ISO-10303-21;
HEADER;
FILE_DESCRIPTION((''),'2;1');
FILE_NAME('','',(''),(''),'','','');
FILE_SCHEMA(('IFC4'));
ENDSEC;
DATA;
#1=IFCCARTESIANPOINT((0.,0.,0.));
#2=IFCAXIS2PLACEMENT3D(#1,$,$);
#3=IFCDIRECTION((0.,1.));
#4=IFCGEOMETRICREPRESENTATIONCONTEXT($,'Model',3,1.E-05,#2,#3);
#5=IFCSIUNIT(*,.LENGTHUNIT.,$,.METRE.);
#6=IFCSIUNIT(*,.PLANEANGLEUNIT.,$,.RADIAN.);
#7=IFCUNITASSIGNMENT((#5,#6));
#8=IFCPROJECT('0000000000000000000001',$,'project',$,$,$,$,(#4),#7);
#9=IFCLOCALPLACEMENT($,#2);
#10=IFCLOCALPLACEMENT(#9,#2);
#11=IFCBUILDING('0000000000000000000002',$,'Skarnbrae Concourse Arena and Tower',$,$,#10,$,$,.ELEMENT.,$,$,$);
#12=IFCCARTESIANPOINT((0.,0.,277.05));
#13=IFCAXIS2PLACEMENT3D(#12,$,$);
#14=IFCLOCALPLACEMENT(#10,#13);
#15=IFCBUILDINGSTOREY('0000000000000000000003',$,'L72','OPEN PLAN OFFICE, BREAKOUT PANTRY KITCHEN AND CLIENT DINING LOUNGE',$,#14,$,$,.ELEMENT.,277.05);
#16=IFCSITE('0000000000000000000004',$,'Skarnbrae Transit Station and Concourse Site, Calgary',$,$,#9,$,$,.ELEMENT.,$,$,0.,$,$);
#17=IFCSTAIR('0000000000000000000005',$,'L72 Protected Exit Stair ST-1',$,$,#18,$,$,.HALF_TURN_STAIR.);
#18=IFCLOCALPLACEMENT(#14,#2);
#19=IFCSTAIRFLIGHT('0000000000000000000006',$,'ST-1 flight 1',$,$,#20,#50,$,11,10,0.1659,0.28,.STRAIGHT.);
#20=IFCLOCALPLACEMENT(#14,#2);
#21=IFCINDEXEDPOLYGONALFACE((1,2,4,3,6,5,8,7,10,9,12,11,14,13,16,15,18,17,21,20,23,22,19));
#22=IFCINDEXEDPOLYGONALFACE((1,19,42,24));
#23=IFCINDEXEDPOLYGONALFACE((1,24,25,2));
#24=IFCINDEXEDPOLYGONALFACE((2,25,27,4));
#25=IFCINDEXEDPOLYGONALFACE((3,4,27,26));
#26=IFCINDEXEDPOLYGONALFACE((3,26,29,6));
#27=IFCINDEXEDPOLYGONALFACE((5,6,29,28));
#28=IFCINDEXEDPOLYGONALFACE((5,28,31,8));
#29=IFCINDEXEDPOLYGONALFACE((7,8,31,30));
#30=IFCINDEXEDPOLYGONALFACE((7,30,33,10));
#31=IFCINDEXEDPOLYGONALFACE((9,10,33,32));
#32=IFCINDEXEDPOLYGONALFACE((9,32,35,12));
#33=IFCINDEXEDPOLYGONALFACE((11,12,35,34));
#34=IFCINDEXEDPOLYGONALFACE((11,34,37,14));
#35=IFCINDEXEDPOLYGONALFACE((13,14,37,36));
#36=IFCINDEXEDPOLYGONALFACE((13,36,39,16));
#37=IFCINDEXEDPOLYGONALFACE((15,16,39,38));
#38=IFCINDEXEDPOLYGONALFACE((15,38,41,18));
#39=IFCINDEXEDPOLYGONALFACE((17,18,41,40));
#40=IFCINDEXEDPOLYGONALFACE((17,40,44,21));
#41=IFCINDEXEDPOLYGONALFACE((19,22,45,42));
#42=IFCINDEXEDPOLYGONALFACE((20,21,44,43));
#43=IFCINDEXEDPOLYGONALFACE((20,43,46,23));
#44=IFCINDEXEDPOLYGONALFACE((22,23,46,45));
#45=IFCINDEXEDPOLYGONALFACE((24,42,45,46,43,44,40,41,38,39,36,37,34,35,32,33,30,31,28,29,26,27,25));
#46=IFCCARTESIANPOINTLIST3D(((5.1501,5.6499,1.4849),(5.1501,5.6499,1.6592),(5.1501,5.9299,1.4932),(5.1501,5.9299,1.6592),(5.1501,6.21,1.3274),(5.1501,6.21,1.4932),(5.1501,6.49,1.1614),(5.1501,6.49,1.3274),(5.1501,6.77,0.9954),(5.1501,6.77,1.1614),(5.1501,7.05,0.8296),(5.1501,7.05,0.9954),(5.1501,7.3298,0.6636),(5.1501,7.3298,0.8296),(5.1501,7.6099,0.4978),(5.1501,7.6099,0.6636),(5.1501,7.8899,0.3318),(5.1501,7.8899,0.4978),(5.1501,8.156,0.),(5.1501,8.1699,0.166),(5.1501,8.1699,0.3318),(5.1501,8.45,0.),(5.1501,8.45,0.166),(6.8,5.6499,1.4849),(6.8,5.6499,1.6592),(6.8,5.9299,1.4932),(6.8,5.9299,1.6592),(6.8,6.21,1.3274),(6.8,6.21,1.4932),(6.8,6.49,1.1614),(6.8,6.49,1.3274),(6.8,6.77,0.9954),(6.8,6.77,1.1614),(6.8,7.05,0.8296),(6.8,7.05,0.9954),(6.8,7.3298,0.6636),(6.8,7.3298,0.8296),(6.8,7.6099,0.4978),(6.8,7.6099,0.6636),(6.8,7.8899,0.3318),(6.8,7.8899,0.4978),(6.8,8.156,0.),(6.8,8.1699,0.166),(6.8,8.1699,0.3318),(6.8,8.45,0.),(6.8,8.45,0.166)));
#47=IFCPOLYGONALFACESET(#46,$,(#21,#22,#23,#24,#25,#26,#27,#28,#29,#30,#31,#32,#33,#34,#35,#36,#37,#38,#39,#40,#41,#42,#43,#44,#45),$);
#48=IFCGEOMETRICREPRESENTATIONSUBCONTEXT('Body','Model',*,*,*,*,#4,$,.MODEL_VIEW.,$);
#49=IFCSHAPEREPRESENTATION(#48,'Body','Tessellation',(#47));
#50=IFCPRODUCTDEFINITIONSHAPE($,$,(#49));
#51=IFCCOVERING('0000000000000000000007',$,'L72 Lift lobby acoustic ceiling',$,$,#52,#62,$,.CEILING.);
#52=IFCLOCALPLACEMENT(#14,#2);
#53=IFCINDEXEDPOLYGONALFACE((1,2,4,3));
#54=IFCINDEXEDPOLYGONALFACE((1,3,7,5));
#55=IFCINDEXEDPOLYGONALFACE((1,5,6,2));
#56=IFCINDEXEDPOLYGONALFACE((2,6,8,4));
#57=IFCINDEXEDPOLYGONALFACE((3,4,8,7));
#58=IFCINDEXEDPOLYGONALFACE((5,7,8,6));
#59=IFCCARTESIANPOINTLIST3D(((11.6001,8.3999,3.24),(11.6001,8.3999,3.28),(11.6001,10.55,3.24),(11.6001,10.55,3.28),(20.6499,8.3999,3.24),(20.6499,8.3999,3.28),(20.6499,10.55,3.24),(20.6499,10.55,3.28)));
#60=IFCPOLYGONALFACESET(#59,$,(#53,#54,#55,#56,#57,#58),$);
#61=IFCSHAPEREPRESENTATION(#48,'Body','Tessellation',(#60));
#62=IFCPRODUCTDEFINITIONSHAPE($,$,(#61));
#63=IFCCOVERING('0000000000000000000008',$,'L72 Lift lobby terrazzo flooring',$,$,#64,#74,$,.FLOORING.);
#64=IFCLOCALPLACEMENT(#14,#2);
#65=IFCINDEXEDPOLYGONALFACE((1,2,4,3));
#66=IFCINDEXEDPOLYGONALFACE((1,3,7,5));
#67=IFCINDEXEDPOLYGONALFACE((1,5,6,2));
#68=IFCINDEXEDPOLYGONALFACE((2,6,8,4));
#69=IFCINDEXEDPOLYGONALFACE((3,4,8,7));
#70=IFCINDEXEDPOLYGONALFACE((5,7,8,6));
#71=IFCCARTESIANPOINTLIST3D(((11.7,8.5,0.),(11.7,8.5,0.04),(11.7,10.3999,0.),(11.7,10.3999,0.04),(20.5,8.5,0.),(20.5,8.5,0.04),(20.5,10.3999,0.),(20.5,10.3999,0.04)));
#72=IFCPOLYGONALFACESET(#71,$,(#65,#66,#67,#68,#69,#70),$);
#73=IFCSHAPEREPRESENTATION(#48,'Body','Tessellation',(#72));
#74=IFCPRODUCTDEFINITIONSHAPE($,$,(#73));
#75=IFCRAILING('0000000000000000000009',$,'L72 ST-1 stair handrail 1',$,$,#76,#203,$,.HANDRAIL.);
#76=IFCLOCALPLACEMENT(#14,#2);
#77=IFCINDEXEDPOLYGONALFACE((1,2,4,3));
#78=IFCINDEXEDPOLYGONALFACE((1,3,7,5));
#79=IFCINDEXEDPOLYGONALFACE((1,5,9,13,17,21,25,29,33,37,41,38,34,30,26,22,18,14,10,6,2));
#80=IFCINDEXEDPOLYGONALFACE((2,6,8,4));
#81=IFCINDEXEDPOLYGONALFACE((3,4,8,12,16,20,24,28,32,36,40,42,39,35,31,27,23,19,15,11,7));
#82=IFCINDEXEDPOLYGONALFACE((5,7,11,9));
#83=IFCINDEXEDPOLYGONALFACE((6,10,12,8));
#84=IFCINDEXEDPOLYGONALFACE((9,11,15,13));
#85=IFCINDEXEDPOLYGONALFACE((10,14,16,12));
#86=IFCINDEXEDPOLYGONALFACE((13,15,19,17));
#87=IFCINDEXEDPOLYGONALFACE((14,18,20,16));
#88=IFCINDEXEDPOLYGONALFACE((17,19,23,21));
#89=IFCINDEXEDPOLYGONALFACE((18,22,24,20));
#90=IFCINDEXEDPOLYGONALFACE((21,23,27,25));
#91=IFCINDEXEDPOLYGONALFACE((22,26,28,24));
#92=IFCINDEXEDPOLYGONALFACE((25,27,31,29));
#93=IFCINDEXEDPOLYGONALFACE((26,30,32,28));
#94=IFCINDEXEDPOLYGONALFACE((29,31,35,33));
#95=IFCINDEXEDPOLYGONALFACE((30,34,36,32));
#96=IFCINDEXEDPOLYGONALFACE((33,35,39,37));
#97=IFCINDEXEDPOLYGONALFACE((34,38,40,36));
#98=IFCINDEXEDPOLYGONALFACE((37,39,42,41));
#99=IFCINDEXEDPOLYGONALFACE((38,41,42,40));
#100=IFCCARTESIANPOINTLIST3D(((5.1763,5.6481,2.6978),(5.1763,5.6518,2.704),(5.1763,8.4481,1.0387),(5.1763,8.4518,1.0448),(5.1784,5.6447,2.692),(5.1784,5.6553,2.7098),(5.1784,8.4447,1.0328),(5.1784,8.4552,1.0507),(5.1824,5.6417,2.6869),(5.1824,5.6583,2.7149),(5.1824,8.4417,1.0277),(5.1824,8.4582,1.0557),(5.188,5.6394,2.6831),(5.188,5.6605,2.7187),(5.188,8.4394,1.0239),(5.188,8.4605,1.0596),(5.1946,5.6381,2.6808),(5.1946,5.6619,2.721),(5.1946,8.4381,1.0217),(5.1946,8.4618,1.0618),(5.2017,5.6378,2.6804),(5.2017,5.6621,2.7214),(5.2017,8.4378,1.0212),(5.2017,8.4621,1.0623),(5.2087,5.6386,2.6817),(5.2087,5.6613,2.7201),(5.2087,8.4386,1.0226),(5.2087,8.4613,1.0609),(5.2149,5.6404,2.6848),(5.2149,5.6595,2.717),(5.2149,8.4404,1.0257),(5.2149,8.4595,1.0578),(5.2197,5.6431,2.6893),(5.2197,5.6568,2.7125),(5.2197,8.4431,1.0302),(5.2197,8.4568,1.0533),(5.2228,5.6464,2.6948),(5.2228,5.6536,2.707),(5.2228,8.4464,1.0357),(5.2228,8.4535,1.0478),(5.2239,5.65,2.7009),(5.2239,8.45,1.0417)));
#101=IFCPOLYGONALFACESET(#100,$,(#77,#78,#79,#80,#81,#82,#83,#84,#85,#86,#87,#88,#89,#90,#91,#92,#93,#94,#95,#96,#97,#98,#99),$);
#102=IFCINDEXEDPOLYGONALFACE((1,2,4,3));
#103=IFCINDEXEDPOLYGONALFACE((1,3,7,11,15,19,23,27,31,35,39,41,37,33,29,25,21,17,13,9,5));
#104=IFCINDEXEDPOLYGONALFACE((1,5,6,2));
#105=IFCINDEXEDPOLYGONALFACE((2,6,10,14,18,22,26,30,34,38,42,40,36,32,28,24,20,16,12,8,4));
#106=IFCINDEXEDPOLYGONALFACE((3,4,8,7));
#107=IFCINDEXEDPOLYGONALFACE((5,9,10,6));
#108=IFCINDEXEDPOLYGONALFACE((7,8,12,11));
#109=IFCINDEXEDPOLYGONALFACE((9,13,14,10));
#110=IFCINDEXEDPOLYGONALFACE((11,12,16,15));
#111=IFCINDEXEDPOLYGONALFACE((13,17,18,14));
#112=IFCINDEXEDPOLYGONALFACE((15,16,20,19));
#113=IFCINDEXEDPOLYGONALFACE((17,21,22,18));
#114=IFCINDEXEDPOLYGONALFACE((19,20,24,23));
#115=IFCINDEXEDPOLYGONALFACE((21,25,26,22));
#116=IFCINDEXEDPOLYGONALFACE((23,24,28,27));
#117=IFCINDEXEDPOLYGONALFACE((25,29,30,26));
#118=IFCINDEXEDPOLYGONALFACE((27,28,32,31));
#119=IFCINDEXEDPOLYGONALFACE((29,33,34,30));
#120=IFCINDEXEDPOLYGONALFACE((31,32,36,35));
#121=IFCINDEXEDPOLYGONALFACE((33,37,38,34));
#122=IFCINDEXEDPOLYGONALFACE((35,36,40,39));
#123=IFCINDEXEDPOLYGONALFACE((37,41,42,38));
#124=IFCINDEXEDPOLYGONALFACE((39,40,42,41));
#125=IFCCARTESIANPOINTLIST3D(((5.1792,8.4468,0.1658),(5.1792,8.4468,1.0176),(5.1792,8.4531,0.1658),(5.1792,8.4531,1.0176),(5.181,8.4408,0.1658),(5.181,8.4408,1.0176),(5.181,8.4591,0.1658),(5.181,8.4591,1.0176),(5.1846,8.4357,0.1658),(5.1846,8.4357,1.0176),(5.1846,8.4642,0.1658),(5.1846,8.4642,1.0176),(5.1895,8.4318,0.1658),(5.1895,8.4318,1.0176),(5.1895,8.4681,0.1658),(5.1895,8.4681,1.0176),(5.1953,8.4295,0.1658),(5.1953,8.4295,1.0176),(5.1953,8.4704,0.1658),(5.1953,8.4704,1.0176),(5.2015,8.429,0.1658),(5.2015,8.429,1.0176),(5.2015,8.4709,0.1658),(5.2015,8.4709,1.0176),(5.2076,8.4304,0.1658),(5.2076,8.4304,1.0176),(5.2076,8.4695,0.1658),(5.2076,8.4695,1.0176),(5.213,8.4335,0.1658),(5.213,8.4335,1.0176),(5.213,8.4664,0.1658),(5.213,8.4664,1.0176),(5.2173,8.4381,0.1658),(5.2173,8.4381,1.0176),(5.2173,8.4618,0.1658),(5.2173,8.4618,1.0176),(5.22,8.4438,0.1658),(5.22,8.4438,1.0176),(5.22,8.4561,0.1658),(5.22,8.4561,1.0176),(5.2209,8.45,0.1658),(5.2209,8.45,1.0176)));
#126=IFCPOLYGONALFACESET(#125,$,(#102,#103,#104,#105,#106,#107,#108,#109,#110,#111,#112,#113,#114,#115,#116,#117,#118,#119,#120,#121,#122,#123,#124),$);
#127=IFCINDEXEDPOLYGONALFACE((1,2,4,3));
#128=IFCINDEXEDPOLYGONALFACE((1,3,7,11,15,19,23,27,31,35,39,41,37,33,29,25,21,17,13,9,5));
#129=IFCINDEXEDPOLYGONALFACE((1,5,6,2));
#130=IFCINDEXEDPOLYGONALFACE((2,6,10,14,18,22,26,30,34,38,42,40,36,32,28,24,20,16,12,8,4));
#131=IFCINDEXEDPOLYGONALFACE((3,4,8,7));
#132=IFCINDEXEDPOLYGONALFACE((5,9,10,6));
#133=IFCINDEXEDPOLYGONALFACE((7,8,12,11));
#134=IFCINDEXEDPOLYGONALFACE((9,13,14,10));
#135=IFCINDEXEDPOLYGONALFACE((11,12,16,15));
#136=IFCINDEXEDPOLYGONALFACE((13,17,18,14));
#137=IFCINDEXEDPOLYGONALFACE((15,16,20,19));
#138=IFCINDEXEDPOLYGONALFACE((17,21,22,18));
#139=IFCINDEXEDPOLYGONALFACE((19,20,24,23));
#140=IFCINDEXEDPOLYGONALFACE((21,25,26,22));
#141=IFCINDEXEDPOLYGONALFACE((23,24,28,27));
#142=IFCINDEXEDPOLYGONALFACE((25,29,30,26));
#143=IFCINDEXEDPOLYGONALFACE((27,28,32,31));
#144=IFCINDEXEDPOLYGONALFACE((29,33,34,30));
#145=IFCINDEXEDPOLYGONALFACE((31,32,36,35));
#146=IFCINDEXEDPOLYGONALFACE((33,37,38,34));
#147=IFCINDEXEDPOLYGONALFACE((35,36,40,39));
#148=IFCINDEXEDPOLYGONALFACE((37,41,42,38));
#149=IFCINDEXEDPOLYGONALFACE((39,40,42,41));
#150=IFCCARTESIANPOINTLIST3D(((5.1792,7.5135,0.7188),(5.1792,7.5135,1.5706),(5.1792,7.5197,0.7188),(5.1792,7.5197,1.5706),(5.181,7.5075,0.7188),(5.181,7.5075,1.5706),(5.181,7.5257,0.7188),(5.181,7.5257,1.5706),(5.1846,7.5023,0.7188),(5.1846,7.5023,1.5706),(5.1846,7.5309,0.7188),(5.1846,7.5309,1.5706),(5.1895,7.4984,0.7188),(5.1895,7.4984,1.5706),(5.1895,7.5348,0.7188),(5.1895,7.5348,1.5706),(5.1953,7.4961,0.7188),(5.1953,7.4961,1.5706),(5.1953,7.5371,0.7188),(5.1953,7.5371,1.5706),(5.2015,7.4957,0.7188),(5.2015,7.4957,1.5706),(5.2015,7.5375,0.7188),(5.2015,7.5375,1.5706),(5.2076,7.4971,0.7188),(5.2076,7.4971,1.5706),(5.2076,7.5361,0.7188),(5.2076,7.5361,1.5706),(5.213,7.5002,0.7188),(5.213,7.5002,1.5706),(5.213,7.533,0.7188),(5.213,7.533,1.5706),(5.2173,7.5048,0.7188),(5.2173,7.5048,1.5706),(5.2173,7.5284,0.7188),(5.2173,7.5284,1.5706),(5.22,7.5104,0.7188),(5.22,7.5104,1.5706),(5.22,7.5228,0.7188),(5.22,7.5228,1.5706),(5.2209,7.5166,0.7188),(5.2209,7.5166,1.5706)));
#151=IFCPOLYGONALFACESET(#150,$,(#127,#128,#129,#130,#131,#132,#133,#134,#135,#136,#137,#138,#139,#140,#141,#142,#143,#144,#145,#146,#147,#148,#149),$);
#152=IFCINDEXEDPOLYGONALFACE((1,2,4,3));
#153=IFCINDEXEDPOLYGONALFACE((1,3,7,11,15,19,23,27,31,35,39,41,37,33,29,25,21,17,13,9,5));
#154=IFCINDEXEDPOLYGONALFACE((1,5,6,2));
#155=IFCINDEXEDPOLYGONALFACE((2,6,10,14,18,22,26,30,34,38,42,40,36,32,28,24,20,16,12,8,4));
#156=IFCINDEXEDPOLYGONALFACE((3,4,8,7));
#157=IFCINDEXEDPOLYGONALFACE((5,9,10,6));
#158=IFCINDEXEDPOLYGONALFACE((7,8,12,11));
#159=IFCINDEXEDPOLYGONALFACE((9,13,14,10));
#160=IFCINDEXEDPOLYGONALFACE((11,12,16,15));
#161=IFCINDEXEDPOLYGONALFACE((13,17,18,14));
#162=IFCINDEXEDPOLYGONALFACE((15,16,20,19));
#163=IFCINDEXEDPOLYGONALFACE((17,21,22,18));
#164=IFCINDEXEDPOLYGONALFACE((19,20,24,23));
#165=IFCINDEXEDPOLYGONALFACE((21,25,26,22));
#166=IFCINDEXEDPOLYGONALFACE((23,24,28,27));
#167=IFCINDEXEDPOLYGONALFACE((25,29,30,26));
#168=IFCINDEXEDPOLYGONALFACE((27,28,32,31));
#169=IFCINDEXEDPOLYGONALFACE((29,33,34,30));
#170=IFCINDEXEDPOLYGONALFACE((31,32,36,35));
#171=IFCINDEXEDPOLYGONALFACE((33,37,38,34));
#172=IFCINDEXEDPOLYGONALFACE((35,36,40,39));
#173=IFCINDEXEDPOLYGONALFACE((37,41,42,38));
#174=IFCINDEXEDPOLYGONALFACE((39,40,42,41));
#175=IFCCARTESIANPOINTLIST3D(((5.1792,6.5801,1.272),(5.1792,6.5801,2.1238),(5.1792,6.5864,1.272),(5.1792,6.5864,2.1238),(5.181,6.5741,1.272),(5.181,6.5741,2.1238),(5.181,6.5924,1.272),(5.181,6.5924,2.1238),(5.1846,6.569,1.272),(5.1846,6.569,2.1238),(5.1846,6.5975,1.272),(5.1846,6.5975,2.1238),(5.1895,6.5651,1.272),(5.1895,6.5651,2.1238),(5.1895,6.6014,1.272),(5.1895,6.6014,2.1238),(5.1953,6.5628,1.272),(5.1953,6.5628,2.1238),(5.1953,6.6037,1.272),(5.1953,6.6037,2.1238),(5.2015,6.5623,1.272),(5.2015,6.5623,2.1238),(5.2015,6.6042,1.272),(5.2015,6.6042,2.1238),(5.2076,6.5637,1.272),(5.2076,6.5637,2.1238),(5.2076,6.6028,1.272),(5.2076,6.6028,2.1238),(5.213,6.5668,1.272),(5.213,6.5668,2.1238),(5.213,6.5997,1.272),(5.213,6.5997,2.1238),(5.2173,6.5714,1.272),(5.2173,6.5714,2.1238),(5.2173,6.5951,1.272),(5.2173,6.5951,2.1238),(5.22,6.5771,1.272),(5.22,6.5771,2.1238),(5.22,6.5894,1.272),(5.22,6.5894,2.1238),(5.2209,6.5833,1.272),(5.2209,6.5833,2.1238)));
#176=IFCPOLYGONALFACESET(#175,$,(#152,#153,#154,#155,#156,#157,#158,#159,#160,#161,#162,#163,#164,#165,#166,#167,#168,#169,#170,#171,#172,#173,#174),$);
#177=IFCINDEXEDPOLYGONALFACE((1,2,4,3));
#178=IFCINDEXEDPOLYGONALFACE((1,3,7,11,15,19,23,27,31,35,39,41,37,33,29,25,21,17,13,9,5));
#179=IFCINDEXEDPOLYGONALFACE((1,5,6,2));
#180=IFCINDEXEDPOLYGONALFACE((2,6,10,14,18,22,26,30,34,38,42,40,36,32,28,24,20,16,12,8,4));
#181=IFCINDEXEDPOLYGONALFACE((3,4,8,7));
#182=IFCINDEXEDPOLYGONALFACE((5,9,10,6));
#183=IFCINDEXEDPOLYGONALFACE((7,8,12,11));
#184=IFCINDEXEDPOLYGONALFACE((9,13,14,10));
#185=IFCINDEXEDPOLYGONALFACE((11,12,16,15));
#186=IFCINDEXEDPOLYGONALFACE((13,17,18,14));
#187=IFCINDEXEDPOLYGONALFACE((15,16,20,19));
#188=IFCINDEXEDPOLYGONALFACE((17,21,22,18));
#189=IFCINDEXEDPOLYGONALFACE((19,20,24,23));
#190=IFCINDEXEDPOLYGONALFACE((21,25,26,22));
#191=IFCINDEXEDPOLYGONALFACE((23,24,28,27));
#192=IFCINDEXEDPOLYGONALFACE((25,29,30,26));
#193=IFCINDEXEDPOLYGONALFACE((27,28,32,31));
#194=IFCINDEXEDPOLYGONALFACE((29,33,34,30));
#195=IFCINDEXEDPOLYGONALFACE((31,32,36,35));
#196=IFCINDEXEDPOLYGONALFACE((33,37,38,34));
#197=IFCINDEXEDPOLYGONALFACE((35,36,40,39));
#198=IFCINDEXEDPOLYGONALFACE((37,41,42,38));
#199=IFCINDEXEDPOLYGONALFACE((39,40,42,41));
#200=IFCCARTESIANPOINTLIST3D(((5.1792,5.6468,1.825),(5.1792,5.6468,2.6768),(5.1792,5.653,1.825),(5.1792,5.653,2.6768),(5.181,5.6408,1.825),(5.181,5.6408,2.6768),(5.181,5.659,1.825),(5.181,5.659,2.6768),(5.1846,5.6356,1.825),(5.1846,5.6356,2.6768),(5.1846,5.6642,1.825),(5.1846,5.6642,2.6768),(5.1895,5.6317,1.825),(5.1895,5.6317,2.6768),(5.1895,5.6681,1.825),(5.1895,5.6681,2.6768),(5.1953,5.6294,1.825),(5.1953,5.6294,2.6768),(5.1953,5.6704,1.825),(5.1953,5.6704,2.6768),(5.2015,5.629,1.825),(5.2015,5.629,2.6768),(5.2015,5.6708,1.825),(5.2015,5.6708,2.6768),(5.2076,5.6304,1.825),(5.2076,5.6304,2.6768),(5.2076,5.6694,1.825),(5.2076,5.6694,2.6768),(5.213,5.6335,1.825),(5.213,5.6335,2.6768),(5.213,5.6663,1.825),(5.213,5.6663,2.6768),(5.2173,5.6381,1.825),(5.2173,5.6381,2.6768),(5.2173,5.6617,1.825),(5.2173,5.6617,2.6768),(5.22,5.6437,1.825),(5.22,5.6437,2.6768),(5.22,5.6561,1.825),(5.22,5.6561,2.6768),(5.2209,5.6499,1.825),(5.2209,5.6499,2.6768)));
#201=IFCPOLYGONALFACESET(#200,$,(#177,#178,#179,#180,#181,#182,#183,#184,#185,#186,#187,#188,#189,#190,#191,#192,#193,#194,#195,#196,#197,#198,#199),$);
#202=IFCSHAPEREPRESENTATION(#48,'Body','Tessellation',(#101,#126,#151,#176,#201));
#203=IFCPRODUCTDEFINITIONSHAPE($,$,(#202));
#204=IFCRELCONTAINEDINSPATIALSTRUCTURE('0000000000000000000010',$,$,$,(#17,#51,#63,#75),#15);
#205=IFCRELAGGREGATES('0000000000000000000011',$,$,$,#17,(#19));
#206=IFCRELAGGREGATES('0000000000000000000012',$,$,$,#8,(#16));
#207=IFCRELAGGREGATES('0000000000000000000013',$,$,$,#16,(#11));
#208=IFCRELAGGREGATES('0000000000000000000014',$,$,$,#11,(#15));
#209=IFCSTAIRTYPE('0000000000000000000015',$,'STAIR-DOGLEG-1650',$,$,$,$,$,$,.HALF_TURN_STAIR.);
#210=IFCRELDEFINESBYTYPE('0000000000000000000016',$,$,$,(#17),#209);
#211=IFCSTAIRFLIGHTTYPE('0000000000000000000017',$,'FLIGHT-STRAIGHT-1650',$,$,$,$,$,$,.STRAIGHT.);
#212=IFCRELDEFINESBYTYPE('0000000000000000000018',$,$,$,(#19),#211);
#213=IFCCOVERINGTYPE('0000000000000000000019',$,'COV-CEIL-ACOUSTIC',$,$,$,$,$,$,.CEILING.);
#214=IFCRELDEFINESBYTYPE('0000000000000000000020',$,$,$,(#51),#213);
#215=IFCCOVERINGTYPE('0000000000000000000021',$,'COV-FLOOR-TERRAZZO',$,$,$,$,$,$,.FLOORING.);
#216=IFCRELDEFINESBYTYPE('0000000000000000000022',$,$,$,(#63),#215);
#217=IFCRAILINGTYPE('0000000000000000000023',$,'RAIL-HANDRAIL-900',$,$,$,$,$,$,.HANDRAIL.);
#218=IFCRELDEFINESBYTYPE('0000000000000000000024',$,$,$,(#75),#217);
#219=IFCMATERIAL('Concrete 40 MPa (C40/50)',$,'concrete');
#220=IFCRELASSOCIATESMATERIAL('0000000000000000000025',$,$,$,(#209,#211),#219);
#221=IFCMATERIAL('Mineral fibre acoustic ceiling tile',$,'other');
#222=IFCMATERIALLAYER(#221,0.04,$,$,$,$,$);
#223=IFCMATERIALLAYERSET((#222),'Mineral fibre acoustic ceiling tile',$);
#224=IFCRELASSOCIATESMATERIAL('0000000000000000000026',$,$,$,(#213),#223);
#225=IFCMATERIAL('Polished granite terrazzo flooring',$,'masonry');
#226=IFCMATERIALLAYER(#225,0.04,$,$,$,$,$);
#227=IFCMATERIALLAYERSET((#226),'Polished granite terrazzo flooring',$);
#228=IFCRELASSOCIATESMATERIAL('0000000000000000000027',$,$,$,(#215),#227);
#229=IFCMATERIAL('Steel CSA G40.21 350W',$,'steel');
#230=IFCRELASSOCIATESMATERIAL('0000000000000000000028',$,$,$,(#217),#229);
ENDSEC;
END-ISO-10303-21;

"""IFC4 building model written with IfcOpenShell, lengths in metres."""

from ifc_helpers import new_model, si_unit, direction, frame, origin, origin_2d, place, context, subcontext, project, spatial, polyline, circle, outline, extrude, source, transform, mapped, material, layer, layer_set, type_object, element, aggregate, save


model = new_model("IFC4")

# Units and contexts
model_context = context("Model", 3, precision=1e-05, world=origin(), true_north=direction((0.0, 1.0)))
body_context = subcontext(model_context, "Body", "Model", "MODEL_VIEW")
ifc_project = project(units=[si_unit("LENGTHUNIT", "METRE"), si_unit("PLANEANGLEUNIT", "RADIAN")], contexts=[model_context])

# Site, building, storey
site_placement = place(None, origin())
site = spatial("IfcSite", under=ifc_project, at=site_placement, Name="Skarnbrae Transit Station and Concourse Site, Calgary", CompositionType="ELEMENT", RefElevation=0.0)
building_placement = place(site_placement, origin())
building = spatial("IfcBuilding", under=site, at=building_placement, Name="Skarnbrae Concourse Arena and Tower", CompositionType="ELEMENT")
storey_placement = place(building_placement, frame((0.0, 0.0, 277.05)))
storey = spatial("IfcBuildingStorey", under=building, at=storey_placement, Name="L72", Description="OPEN PLAN OFFICE, BREAKOUT PANTRY KITCHEN AND CLIENT DINING LOUNGE", CompositionType="ELEMENT", Elevation=277.05)

# Shared definitions
ifc_material_1 = material(Name="Steel CSA G40.21 350W", Category="steel")

# Stair
ifc_material_2 = material(Name="Concrete 40 MPa (C40/50)", Category="concrete")
stair_type = type_object("IfcStairType", Name="STAIR-DOGLEG-1650", PredefinedType="HALF_TURN_STAIR", material=ifc_material_2)
stair_1_placement = place(storey_placement, origin())
stair_1 = element("IfcStair", 1, at=stair_1_placement, inside=storey, type_object=stair_type, Name="L72 Protected Exit Stair ST-1", PredefinedType="HALF_TURN_STAIR")

# Stair flight
stair_flight_type = type_object("IfcStairFlightType", Name="FLIGHT-STRAIGHT-1650", PredefinedType="STRAIGHT", material=ifc_material_2)
shared_shape_1 = source(origin(), body_context, "Body", "SweptSolid", [
    extrude(outline(polyline([(0.0, 0.0), (0.0, 0.166), (0.28, 0.166), (0.28, 0.3318), (0.5601, 0.3318), (0.5601, 0.4978), (0.8401, 0.4978), (0.8401, 0.6636), (1.1201, 0.6636), (1.1201, 0.8296), (1.3999, 0.8296), (1.3999, 0.9954), (1.6799, 0.9954), (1.6799, 1.1614), (1.96, 1.1614), (1.96, 1.3274), (2.24, 1.3274), (2.24, 1.4932), (2.52, 1.4932), (2.52, 1.6592), (2.8, 1.6592), (2.8, 1.825), (2.8, 1.4849), (0.2939, 0.0), (0.0, 0.0)])), frame((0.0, 0.825, 0.0), z_axis=(0.0, -1.0, 0.0), x_axis=(1.0, 0.0, 0.0)), (0.0, 0.0, 1.0), 1.6499),
])
stair_flight_placement = place(storey_placement, frame((5.9751, 8.45, 0.0), z_axis=(0.0, 0.0, 1.0), x_axis=(0.0, -1.0, 0.0)))
stair_flight = element("IfcStairFlight", 2, at=stair_flight_placement, type_object=stair_flight_type, Name="ST-1 flight 1", NumberOfRisers=11, NumberOfTreads=10, PredefinedType="STRAIGHT", RiserHeight=0.1659, TreadLength=0.28, context=body_context, shape_type="MappedRepresentation", body=[
    mapped(shared_shape_1, transform((0.0, 0.0, 0.0))),
])
aggregate(stair_1, [stair_flight])

# Coverings
ifc_material_3 = material(Name="Mineral fibre acoustic ceiling tile", Category="other")
ifc_layer_1 = layer(ifc_material_3, 0.04)
ifc_layer_set_1 = layer_set([ifc_layer_1], Name="Mineral fibre acoustic ceiling tile")
covering_type_1 = type_object("IfcCoveringType", Name="COV-CEIL-ACOUSTIC", PredefinedType="CEILING", material=ifc_layer_set_1)
covering_1_placement = place(storey_placement, frame((0.0, 0.0, 3.24)))
element("IfcCovering", 3, at=covering_1_placement, inside=storey, type_object=covering_type_1, Name="L72 Lift lobby acoustic ceiling", PredefinedType="CEILING", context=body_context, shape_type="SweptSolid", body=[
    extrude(outline(polyline([(11.6001, 8.3999), (20.6499, 8.3999), (20.6499, 10.55), (11.6001, 10.55), (11.6001, 8.3999)])), origin(), (0.0, 0.0, 1.0), 0.04),
])
ifc_material_4 = material(Name="Polished granite terrazzo flooring", Category="masonry")
ifc_layer_2 = layer(ifc_material_4, 0.04)
ifc_layer_set_2 = layer_set([ifc_layer_2], Name="Polished granite terrazzo flooring")
covering_type_2 = type_object("IfcCoveringType", Name="COV-FLOOR-TERRAZZO", PredefinedType="FLOORING", material=ifc_layer_set_2)
covering_2_placement = place(storey_placement, origin())
element("IfcCovering", 4, at=covering_2_placement, inside=storey, type_object=covering_type_2, Name="L72 Lift lobby terrazzo flooring", PredefinedType="FLOORING", context=body_context, shape_type="SweptSolid", body=[
    extrude(outline(polyline([(11.7, 8.5), (20.5, 8.5), (20.5, 10.3999), (11.7, 10.3999), (11.7, 8.5)])), origin(), (0.0, 0.0, 1.0), 0.04),
])

# Railing
railing_type = type_object("IfcRailingType", Name="RAIL-HANDRAIL-900", PredefinedType="HANDRAIL", material=ifc_material_1)
railing_placement = place(storey_placement, frame((5.2, 8.45, 0.1658)))
element("IfcRailing", 5, at=railing_placement, inside=storey, type_object=railing_type, Name="L72 ST-1 stair handrail 1", PredefinedType="HANDRAIL", context=body_context, shape_type="SweptSolid", body=[
    extrude(circle(Radius=0.0239, at=origin_2d()), frame((0.0, 0.0, 0.876), z_axis=(0.0, -0.860306, 0.509778), x_axis=(1.0, 0.0, 0.0)), (0.0, 0.0, 1.0), 3.2546),
    extrude(circle(Radius=0.021, at=origin_2d()), origin(), (0.0, 0.0, 1.0), 0.8518),
    extrude(circle(Radius=0.021, at=origin_2d()), frame((0.0, -0.9333, 0.553)), (0.0, 0.0, 1.0), 0.8518),
    extrude(circle(Radius=0.021, at=origin_2d()), frame((0.0, -1.8667, 1.1062)), (0.0, 0.0, 1.0), 0.8518),
    extrude(circle(Radius=0.021, at=origin_2d()), frame((0.0, -2.8, 1.6592)), (0.0, 0.0, 1.0), 0.8518),
])

save(model, "model.ifc")
